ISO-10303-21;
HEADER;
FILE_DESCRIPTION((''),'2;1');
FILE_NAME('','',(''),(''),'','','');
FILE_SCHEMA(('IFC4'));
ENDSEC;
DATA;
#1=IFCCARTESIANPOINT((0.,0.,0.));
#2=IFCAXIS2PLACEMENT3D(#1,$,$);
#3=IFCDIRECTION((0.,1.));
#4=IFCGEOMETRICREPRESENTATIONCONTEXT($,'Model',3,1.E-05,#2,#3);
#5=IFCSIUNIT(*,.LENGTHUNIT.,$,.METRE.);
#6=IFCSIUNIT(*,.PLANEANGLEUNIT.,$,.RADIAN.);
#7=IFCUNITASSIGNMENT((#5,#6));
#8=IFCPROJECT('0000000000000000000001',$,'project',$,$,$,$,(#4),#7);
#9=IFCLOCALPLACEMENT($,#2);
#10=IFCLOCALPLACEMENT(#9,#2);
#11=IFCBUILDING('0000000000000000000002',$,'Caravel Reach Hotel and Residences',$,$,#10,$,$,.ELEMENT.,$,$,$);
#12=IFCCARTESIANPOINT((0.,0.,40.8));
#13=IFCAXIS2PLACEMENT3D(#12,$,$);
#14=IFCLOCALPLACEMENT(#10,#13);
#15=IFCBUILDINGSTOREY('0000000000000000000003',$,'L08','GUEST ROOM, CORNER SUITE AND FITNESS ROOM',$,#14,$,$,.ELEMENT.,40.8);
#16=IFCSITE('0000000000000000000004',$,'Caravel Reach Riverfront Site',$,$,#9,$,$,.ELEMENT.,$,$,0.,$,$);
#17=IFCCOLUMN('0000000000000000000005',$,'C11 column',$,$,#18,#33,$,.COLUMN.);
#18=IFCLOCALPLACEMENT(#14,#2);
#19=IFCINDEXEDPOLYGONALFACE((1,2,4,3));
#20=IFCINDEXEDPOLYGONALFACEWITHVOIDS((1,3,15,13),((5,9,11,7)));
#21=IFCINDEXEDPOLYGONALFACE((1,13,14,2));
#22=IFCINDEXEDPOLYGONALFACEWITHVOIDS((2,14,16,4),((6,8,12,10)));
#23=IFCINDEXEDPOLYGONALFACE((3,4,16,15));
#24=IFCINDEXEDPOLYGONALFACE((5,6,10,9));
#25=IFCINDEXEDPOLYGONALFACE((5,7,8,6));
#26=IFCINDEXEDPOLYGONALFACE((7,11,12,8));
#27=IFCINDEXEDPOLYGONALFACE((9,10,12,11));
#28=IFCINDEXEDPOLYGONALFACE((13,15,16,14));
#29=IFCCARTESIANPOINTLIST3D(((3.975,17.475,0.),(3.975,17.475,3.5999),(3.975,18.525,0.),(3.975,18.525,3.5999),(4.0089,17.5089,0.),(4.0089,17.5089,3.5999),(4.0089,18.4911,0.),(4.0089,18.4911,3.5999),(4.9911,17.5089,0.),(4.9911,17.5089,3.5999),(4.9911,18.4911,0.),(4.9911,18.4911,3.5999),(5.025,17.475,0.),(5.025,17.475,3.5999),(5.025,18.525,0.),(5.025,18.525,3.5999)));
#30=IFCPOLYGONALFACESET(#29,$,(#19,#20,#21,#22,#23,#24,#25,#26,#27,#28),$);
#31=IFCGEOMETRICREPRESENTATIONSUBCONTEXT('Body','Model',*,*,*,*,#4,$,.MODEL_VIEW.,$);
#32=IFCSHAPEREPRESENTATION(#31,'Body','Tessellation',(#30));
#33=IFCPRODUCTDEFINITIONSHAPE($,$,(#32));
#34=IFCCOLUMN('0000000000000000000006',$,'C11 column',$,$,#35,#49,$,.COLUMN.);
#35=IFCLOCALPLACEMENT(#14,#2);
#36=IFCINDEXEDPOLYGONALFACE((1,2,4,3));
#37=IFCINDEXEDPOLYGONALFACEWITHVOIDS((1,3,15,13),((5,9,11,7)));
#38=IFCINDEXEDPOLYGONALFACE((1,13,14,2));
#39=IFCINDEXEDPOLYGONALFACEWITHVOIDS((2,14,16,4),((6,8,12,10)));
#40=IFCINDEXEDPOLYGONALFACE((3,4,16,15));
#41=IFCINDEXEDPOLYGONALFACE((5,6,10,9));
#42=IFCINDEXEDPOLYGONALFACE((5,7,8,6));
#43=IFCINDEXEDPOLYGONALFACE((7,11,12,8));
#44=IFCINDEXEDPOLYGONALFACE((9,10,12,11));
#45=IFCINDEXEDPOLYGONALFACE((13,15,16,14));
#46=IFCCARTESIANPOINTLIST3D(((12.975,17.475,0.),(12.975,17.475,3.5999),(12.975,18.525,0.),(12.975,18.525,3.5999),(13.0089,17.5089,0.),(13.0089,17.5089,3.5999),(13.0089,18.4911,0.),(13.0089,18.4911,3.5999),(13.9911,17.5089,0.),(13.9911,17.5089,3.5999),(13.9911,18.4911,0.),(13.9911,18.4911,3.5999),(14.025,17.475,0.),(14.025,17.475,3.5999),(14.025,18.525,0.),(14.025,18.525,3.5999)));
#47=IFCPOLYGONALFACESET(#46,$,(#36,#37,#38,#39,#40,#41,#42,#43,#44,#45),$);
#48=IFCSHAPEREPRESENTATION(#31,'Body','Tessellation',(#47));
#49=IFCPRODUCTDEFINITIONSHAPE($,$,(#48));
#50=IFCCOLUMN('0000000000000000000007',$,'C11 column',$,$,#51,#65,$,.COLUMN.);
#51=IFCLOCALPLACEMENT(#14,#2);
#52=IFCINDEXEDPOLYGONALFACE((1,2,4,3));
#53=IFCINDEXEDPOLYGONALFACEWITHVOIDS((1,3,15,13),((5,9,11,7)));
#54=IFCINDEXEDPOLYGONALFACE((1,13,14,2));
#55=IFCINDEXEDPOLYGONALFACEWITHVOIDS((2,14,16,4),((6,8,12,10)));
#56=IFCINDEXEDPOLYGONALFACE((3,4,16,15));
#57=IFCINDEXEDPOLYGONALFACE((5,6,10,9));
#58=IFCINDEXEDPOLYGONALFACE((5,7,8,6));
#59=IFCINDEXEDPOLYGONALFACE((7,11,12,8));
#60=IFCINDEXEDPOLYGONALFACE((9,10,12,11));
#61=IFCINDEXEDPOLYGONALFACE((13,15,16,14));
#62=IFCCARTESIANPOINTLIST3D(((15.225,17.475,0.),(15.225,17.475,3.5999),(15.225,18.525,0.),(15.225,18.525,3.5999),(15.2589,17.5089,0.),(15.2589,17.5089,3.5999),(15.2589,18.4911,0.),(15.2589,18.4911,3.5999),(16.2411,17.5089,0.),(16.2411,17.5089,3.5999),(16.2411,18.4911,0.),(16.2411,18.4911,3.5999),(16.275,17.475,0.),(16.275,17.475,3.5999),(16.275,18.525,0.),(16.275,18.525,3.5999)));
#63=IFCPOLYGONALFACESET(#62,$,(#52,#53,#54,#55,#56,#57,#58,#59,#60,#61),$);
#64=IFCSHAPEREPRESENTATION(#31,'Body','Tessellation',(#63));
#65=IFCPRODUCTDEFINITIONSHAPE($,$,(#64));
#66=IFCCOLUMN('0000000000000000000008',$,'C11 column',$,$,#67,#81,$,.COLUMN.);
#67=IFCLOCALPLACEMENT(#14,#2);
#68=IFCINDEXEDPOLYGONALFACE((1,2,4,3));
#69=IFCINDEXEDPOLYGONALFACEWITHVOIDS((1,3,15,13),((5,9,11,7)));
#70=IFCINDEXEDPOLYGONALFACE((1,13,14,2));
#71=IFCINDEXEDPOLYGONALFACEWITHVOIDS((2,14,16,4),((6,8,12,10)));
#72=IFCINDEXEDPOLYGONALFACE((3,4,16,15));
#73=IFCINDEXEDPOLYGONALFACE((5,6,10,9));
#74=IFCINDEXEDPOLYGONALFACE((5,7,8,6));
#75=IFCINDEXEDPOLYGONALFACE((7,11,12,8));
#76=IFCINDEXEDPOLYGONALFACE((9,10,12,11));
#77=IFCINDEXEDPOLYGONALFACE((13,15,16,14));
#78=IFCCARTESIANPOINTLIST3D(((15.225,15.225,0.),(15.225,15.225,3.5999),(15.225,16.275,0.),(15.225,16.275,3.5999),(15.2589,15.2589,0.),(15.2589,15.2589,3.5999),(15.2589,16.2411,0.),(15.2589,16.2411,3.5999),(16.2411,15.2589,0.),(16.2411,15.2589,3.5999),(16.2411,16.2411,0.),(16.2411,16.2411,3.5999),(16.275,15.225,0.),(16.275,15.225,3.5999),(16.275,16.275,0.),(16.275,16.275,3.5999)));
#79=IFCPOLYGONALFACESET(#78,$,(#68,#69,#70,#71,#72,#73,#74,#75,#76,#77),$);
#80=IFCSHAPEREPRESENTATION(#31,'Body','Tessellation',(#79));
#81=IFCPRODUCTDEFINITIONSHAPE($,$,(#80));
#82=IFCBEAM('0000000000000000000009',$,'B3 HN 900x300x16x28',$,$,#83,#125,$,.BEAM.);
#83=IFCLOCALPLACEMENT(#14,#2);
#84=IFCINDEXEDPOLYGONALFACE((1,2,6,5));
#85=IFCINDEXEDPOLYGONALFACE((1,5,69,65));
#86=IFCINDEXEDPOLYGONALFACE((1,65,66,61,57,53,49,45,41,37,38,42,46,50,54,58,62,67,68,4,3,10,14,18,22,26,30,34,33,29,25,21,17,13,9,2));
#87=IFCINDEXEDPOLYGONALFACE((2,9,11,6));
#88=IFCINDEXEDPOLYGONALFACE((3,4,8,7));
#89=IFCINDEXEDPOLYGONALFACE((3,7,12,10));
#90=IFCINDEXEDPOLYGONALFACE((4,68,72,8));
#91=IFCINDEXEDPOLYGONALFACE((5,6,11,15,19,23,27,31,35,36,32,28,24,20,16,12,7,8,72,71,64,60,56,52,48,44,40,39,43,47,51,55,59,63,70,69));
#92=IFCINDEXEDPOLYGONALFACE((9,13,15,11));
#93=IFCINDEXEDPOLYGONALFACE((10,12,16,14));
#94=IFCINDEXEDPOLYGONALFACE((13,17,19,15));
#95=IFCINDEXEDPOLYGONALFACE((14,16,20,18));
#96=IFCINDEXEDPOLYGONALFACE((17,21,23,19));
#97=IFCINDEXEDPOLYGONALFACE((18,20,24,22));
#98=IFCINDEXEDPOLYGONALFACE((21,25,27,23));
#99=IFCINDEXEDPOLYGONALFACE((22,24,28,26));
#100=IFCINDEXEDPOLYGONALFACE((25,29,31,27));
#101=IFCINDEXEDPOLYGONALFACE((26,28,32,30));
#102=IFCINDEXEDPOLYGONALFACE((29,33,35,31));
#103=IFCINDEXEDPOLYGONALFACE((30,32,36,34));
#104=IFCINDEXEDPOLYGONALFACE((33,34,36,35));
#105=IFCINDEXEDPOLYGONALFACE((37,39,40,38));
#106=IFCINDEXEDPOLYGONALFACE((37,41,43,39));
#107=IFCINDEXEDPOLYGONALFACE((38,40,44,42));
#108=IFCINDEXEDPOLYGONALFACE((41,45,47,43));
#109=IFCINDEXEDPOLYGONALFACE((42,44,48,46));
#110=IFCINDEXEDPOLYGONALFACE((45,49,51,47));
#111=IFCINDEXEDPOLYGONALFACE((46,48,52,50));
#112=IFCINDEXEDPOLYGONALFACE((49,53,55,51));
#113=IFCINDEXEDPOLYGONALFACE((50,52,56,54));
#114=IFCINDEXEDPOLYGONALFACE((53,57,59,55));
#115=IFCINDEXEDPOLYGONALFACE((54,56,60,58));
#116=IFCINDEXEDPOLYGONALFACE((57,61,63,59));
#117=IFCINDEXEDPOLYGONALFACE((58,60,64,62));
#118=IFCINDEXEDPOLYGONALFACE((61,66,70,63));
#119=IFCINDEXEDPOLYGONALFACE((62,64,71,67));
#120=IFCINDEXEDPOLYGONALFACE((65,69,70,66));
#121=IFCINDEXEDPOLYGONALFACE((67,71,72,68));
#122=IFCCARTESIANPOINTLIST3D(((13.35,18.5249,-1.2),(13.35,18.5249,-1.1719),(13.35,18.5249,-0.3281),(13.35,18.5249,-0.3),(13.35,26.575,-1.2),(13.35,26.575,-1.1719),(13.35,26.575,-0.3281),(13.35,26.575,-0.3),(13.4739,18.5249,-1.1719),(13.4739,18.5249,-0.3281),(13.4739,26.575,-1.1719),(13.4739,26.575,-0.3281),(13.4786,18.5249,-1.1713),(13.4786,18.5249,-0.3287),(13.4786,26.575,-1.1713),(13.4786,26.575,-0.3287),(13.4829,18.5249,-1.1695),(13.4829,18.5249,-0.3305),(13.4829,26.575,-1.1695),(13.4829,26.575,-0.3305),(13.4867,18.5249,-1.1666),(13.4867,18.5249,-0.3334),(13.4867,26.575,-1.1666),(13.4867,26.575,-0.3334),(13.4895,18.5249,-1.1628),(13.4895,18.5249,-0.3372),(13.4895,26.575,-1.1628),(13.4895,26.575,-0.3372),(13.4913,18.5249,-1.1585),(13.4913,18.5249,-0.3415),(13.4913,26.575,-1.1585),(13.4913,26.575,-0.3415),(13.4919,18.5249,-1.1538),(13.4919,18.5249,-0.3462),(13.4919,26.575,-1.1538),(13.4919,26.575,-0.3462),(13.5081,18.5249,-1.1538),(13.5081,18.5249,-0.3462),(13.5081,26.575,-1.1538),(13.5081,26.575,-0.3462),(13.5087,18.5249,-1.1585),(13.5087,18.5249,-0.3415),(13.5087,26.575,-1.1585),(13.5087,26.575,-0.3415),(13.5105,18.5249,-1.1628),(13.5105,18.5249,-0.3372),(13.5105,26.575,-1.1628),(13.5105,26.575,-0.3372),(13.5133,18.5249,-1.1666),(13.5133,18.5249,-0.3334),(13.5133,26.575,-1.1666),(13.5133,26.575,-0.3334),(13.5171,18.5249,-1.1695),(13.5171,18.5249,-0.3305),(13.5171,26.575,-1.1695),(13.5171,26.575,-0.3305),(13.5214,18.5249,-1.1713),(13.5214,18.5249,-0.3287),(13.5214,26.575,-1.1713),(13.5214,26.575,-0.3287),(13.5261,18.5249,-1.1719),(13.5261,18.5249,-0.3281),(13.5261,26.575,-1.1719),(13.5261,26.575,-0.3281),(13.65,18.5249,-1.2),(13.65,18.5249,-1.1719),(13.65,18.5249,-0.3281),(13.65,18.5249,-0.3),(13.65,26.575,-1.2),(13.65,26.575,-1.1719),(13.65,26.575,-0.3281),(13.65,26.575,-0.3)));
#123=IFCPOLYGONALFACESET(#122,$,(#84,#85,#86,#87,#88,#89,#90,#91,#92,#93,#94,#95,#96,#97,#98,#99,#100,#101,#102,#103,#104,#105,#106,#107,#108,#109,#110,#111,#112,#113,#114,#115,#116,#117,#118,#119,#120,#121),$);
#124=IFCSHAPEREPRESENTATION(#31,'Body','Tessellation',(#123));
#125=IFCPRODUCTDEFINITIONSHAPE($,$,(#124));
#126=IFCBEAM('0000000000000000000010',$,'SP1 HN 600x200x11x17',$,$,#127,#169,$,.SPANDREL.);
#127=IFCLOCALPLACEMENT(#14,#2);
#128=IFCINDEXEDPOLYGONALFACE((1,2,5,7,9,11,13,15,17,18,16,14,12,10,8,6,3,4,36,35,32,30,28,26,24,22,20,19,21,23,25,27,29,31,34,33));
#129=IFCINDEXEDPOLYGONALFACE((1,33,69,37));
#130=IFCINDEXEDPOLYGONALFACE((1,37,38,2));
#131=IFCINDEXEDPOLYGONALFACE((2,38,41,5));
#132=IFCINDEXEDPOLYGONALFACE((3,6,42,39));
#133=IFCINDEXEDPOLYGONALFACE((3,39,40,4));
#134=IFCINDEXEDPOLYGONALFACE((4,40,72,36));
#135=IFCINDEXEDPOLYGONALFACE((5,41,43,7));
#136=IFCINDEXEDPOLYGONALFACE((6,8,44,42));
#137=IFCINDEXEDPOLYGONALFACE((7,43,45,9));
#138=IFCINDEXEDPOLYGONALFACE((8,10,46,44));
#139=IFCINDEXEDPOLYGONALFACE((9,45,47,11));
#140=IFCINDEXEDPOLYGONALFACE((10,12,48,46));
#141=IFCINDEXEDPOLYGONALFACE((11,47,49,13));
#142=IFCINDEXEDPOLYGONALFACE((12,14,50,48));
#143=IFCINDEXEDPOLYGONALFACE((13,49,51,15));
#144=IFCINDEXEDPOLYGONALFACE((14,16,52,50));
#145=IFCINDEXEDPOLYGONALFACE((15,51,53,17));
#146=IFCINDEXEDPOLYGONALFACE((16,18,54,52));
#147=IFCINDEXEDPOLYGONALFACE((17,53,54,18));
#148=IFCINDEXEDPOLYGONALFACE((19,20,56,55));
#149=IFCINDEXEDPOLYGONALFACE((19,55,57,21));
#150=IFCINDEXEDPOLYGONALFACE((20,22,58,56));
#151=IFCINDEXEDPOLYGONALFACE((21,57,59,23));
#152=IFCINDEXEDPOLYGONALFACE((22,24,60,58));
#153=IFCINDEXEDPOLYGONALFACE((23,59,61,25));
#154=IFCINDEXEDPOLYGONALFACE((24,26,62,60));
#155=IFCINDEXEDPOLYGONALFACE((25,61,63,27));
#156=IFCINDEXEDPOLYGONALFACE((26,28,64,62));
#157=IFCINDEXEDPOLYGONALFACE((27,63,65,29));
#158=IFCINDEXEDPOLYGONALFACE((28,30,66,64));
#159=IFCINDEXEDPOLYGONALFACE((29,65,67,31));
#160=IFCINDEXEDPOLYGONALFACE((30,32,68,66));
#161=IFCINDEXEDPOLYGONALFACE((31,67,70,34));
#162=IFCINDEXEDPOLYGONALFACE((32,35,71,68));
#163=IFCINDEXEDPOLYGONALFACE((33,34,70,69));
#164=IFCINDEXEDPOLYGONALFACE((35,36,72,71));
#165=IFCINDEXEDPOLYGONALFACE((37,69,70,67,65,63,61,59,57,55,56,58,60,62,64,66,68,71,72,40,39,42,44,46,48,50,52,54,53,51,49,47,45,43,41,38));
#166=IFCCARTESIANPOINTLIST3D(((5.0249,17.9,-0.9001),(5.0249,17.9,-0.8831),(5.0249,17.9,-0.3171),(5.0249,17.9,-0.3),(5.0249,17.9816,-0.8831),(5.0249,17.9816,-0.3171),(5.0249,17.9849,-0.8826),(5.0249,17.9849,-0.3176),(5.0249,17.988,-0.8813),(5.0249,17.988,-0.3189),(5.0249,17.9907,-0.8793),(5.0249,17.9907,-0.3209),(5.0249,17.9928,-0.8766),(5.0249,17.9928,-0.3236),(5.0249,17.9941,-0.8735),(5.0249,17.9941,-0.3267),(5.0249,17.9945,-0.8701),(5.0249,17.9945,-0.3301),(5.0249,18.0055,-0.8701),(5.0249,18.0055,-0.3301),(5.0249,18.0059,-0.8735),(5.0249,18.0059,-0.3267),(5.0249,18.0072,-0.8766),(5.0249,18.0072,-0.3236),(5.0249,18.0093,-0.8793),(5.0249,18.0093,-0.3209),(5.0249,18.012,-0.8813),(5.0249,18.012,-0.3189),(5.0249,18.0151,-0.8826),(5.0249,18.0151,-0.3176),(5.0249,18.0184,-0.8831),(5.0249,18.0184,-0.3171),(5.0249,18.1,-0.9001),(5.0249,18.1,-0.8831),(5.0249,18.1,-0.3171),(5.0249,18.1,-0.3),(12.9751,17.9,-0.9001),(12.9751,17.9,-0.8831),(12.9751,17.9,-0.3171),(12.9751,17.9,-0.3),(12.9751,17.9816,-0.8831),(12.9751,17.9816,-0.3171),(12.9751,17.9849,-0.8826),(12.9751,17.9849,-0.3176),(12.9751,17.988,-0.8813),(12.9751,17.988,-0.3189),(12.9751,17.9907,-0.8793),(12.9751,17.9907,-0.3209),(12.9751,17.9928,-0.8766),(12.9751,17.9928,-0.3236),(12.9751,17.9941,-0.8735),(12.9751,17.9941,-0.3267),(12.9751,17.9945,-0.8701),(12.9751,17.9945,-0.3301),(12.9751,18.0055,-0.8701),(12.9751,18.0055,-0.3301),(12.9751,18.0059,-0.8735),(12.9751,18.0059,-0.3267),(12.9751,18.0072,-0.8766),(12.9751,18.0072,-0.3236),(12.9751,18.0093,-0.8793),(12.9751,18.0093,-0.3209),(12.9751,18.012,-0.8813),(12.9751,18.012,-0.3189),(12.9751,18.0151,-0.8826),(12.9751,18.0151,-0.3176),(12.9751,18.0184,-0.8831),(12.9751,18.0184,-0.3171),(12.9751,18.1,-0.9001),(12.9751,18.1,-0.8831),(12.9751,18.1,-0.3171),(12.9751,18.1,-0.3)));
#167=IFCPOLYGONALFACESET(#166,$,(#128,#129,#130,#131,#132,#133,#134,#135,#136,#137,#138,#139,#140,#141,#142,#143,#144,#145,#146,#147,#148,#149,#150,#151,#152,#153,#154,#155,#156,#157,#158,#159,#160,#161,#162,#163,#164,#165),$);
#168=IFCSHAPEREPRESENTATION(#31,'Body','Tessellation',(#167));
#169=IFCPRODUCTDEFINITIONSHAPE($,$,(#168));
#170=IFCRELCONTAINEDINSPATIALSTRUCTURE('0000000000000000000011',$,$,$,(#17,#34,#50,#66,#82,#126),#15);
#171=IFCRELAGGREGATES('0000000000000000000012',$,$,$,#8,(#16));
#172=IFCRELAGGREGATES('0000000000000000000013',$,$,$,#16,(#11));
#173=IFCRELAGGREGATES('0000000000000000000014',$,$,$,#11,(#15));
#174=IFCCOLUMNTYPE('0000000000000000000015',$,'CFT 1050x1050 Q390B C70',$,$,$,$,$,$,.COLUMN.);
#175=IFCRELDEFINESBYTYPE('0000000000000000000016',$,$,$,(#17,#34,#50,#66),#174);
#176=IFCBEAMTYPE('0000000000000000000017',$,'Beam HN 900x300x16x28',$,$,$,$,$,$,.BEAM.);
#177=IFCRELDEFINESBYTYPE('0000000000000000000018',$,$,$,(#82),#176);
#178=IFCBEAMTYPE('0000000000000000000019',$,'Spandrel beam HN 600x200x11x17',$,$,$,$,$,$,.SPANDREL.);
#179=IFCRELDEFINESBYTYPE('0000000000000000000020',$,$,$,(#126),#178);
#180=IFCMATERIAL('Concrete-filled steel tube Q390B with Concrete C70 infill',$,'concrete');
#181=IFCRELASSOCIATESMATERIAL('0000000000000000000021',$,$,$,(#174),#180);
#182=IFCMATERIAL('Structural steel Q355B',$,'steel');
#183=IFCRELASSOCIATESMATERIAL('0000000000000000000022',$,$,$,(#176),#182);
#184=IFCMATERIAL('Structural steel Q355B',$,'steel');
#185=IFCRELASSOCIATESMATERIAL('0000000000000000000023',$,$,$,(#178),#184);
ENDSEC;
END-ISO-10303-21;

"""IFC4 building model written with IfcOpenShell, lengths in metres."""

from ifc_helpers import new_model, si_unit, direction, frame, origin, origin_2d, place, context, subcontext, project, spatial, hollow_rectangle, i_section, extrude, material, material_profile, profile_set, type_object, element, save


model = new_model("IFC4")

# Units and contexts
model_context = context("Model", 3, precision=1e-05, world=origin(), true_north=direction((0.0, 1.0)))
body_context = subcontext(model_context, "Body", "Model", "MODEL_VIEW")
ifc_project = project(units=[si_unit("LENGTHUNIT", "METRE"), si_unit("PLANEANGLEUNIT", "RADIAN")], contexts=[model_context])

# Site, building, storey
site_placement = place(None, origin())
site = spatial("IfcSite", under=ifc_project, at=site_placement, Name="Caravel Reach Riverfront Site", CompositionType="ELEMENT", RefElevation=0.0)
building_placement = place(site_placement, origin())
building = spatial("IfcBuilding", under=site, at=building_placement, Name="Caravel Reach Hotel and Residences", CompositionType="ELEMENT")
storey_placement = place(building_placement, frame((0.0, 0.0, 40.8)))
storey = spatial("IfcBuildingStorey", under=building, at=storey_placement, Name="L08", Description="GUEST ROOM, CORNER SUITE AND FITNESS ROOM", CompositionType="ELEMENT", Elevation=40.8)

# Columns
ifc_material_1 = material(Name="Concrete-filled steel tube Q390B with Concrete C70 infill", Category="concrete")
ifc_material_profile_1 = material_profile(ifc_material_1, hollow_rectangle(XDim=1.05, YDim=1.05, WallThickness=0.0339, at=origin_2d()), Name="RHS 1050x1050x34")
ifc_profile_set_1 = profile_set([ifc_material_profile_1], Name="Concrete-filled steel tube Q390B with Concrete C70 infill")
column_type = type_object("IfcColumnType", Name="CFT 1050x1050 Q390B C70", PredefinedType="COLUMN", material=ifc_profile_set_1)
for number, where, z_axis, x_axis, name in (
    (1, (4.5, 18.0, 0.0), (0.0, 0.0, 1.0), (1.0, 0.0, 0.0), "C11 column"),
    (2, (13.5, 18.0, 0.0), (0.0, 0.0, 1.0), (1.0, 0.0, 0.0), "C11 column"),
    (3, (15.75, 18.0, 0.0), (0.0, 0.0, 1.0), (1.0, 0.0, 0.0), "C11 column"),
    (4, (15.75, 15.75, 0.0), (0.0, 0.0, 1.0), (1.0, 0.0, 0.0), "C11 column"),
):
    element("IfcColumn", number, at=place(storey_placement, frame(where, z_axis=z_axis, x_axis=x_axis)), inside=storey, type_object=column_type, Name=name, PredefinedType="COLUMN", context=body_context, shape_type="SweptSolid", body=[
        extrude(hollow_rectangle(XDim=1.05, YDim=1.05, WallThickness=0.0339, at=origin_2d()), origin(), (0.0, 0.0, 1.0), 3.5999),
    ])

# Beams
ifc_material_2 = material(Name="Structural steel Q355B", Category="steel")
ifc_material_profile_2 = material_profile(ifc_material_2, i_section(OverallWidth=0.3, OverallDepth=0.8999, WebThickness=0.0161, FlangeThickness=0.0281, FilletRadius=0.0181, at=origin_2d()), Name="HN 900x300x16x28")
ifc_profile_set_2 = profile_set([ifc_material_profile_2], Name="Structural steel Q355B")
beam_type_1 = type_object("IfcBeamType", Name="Beam HN 900x300x16x28", PredefinedType="BEAM", material=ifc_profile_set_2)
beam_1_placement = place(storey_placement, frame((13.5, 18.5249, -0.75), z_axis=(0.0, 1.0, 0.0), x_axis=(-1.0, 0.0, 0.0)))
element("IfcBeam", 5, at=beam_1_placement, inside=storey, type_object=beam_type_1, Name="B3 HN 900x300x16x28", PredefinedType="BEAM", context=body_context, shape_type="SweptSolid", body=[
    extrude(i_section(OverallWidth=0.3, OverallDepth=0.8999, WebThickness=0.0161, FlangeThickness=0.0281, FilletRadius=0.0181, at=origin_2d()), origin(), (0.0, 0.0, 1.0), 8.05),
])
ifc_material_3 = material(Name="Structural steel Q355B", Category="steel")
ifc_material_profile_3 = material_profile(ifc_material_3, i_section(OverallWidth=0.2, OverallDepth=0.6001, WebThickness=0.011, FlangeThickness=0.0171, FilletRadius=0.0129, at=origin_2d()), Name="HN 600x200x11x17")
ifc_profile_set_3 = profile_set([ifc_material_profile_3], Name="Structural steel Q355B")
beam_type_2 = type_object("IfcBeamType", Name="Spandrel beam HN 600x200x11x17", PredefinedType="SPANDREL", material=ifc_profile_set_3)
beam_2_placement = place(storey_placement, frame((5.0249, 18.0, -0.6001), z_axis=(1.0, 0.0, 0.0), x_axis=(0.0, 1.0, 0.0)))
element("IfcBeam", 6, at=beam_2_placement, inside=storey, type_object=beam_type_2, Name="SP1 HN 600x200x11x17", PredefinedType="SPANDREL", context=body_context, shape_type="SweptSolid", body=[
    extrude(i_section(OverallWidth=0.2, OverallDepth=0.6001, WebThickness=0.011, FlangeThickness=0.0171, FilletRadius=0.0129, at=origin_2d()), origin(), (0.0, 0.0, 1.0), 7.9502),
])

save(model, "model.ifc")
